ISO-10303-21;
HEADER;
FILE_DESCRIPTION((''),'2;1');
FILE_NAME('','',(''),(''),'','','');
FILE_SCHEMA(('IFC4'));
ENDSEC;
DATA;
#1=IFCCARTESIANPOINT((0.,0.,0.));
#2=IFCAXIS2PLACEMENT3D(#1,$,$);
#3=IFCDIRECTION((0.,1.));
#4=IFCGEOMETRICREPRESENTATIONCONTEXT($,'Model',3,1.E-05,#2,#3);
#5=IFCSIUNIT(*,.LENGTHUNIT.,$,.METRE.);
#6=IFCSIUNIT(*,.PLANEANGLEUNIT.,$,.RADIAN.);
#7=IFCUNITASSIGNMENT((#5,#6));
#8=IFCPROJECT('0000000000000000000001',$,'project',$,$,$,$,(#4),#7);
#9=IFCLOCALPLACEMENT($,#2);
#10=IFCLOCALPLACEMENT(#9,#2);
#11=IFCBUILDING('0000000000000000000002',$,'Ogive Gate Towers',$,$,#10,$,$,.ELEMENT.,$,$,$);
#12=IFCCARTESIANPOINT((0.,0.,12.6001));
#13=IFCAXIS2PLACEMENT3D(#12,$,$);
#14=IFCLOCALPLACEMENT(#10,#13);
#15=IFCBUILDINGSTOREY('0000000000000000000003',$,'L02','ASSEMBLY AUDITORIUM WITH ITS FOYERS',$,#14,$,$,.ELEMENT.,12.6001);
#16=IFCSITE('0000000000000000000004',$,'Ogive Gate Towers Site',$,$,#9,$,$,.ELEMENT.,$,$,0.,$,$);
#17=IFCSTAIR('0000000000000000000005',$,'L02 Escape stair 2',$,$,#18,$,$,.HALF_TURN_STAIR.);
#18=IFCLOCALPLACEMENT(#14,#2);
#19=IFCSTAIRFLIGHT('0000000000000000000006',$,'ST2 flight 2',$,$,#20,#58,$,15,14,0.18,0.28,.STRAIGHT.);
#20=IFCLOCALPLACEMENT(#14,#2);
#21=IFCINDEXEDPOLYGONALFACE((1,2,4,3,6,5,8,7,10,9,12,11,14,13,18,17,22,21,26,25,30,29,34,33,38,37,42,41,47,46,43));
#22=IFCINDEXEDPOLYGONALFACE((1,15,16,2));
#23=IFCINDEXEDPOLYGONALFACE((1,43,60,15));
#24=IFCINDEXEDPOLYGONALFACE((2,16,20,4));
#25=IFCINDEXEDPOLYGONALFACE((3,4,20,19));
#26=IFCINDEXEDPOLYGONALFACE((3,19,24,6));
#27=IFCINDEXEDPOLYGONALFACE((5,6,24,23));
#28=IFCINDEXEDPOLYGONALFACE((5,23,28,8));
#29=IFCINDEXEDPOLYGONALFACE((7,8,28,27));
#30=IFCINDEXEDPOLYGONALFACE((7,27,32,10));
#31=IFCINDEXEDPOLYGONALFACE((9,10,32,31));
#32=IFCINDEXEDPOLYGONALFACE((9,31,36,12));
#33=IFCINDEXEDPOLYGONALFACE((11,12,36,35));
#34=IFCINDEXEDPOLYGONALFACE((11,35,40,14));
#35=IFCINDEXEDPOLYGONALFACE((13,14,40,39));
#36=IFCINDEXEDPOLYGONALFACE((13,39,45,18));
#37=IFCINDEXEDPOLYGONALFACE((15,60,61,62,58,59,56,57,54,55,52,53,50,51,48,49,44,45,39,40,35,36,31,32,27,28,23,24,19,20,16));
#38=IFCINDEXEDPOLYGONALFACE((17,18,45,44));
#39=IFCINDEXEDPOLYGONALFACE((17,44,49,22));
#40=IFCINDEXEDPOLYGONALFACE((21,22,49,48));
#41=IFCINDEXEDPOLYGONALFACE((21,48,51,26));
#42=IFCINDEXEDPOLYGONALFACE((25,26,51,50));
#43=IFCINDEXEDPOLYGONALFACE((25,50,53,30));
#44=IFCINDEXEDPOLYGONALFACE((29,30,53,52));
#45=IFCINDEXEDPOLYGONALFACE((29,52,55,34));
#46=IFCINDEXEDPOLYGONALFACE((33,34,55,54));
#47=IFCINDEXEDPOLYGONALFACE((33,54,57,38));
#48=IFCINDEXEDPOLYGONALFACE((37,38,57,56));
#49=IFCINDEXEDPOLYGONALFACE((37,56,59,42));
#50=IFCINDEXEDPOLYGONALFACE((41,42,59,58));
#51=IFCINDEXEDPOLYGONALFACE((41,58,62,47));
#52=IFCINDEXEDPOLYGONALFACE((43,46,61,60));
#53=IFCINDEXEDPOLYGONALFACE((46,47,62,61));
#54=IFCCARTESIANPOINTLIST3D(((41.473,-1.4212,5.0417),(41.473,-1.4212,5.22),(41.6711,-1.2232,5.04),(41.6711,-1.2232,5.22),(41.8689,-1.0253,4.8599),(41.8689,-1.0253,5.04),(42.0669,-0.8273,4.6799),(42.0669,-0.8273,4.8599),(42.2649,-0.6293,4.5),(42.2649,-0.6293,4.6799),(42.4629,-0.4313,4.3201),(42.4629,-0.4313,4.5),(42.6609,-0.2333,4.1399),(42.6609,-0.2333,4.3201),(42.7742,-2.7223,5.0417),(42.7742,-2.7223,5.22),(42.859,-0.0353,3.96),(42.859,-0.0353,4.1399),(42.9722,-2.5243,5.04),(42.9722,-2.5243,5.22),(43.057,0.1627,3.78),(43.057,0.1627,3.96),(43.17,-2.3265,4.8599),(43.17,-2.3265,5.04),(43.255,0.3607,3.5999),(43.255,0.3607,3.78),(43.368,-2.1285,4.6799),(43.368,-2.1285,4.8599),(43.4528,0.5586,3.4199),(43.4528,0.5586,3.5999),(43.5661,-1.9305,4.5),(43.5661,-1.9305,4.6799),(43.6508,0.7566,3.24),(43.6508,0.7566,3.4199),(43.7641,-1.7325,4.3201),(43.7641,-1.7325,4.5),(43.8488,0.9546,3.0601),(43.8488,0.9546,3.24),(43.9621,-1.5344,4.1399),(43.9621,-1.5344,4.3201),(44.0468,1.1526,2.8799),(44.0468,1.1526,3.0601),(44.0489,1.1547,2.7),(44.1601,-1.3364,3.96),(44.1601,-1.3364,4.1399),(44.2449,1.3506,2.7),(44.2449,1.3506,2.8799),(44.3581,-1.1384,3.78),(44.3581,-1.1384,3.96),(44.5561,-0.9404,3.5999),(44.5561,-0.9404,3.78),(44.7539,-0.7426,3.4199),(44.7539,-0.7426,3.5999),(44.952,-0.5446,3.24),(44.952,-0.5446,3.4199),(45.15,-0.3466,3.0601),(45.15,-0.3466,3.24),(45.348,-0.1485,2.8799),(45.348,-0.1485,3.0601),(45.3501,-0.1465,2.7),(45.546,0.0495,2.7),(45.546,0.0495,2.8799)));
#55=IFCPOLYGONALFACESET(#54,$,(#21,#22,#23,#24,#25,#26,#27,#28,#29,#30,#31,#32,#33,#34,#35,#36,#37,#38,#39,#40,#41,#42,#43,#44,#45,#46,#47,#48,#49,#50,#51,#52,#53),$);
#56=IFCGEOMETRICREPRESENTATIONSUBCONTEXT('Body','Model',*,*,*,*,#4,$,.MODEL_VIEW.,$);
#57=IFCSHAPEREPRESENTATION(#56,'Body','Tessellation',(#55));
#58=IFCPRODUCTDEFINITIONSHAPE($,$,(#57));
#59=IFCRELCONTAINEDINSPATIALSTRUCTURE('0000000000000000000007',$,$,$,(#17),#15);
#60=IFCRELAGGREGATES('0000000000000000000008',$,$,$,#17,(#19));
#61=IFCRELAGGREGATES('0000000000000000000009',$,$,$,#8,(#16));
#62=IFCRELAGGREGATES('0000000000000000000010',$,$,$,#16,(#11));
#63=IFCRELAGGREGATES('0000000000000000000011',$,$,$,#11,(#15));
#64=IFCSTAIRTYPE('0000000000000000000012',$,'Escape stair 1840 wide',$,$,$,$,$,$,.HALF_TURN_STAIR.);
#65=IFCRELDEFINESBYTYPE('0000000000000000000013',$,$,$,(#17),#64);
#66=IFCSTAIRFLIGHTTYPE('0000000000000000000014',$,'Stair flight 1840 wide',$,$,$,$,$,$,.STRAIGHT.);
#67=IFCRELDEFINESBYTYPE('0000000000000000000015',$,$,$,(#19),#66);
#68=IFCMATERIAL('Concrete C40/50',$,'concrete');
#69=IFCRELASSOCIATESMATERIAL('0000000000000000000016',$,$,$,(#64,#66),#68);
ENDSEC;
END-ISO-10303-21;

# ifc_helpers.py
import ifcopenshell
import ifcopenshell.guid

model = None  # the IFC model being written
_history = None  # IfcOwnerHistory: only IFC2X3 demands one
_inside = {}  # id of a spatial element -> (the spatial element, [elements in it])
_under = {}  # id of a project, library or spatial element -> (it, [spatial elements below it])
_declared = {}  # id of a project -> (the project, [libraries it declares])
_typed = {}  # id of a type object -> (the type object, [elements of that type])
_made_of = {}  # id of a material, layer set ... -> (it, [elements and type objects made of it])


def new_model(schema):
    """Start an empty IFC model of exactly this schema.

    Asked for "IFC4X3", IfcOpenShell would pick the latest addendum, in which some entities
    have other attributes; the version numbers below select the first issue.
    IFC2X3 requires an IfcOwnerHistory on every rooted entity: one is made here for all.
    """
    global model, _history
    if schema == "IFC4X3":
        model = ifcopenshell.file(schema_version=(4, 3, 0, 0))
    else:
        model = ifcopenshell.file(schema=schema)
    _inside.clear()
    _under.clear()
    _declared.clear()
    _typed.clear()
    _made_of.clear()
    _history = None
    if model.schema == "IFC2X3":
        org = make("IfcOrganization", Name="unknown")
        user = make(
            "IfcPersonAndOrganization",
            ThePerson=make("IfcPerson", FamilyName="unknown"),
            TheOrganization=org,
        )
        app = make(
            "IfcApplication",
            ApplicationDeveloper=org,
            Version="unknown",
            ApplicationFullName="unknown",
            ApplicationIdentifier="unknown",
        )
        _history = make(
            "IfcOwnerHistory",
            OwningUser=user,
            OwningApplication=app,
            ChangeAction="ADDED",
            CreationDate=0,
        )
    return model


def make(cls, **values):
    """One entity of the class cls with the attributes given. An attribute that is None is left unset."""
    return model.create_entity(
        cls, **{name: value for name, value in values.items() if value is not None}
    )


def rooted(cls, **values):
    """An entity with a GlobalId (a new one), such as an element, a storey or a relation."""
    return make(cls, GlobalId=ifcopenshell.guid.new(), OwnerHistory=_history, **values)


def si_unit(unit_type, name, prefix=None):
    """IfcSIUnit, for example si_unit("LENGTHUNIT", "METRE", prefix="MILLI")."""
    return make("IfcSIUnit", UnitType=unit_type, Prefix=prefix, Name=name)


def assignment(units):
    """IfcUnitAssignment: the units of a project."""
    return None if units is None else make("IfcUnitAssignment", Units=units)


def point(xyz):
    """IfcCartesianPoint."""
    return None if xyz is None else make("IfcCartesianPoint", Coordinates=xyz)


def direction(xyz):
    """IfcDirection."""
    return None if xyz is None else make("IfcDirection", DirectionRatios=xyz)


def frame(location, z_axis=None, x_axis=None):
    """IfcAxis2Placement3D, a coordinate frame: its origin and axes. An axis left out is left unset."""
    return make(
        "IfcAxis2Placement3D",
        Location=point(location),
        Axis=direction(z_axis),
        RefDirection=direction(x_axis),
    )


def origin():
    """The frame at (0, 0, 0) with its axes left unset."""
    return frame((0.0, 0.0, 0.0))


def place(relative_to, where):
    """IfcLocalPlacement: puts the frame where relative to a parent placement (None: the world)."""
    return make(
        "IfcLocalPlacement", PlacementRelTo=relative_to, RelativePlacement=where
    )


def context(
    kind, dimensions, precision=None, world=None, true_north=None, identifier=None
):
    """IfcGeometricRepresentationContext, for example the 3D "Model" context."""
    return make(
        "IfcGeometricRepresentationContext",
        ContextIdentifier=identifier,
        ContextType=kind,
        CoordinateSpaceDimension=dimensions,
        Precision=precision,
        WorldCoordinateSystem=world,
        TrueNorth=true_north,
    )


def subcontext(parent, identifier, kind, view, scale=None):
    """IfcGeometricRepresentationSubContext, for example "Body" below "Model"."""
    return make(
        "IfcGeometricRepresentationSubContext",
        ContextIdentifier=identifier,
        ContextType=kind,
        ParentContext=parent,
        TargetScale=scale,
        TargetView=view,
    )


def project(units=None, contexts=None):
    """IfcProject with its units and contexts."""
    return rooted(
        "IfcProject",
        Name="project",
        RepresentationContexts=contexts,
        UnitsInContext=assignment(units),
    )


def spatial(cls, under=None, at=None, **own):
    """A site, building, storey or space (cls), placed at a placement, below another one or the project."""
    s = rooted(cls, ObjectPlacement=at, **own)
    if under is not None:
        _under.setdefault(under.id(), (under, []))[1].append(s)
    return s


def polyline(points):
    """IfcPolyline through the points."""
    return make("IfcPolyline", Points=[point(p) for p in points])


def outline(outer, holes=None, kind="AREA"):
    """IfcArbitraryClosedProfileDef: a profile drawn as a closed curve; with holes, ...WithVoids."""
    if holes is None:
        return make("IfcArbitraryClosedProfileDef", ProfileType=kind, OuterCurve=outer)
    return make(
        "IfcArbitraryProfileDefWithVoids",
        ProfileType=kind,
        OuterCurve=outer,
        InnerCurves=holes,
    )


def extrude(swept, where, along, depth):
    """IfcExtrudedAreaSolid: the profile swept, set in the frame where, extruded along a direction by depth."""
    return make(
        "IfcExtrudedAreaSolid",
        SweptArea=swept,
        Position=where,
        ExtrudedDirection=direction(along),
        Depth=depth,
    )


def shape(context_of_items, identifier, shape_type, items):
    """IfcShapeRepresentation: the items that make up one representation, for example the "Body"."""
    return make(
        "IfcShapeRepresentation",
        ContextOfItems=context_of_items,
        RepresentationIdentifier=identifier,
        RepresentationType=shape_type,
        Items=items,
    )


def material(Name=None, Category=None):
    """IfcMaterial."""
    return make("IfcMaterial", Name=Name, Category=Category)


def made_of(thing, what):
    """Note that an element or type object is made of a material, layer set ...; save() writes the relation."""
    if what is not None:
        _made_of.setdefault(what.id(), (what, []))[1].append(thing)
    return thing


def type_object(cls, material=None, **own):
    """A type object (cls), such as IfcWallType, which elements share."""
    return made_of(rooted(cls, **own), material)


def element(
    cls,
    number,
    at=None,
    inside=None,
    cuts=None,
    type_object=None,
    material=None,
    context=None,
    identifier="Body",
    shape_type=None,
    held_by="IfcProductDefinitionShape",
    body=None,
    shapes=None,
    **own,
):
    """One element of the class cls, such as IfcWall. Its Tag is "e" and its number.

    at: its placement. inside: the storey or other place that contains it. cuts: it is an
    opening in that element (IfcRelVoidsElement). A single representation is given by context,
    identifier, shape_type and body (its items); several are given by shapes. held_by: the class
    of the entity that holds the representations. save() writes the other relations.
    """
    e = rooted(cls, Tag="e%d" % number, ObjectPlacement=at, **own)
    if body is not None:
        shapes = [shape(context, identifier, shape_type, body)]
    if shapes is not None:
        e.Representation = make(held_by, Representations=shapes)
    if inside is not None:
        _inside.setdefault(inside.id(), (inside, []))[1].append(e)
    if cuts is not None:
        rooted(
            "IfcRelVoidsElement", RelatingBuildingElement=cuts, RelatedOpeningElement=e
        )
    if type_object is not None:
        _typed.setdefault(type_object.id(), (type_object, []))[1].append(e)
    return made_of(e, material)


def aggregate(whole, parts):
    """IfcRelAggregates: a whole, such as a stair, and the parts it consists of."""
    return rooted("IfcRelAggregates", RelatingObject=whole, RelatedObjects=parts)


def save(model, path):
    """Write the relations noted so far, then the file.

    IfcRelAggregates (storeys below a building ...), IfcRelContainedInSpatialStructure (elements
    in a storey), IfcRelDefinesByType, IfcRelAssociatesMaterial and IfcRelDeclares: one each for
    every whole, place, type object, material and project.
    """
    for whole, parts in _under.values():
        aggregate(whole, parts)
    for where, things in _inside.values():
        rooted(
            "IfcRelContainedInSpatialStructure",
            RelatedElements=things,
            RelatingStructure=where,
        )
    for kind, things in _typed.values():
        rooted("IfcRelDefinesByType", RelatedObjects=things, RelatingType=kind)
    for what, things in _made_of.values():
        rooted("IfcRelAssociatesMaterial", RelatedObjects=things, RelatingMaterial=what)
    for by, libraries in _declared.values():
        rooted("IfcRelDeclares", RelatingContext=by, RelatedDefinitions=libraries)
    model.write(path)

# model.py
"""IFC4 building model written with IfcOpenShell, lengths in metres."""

from ifc_helpers import new_model, si_unit, direction, frame, origin, place, context, subcontext, project, spatial, polyline, outline, extrude, material, type_object, element, aggregate, save


model = new_model("IFC4")

# Units and contexts
model_context = context("Model", 3, precision=1e-05, world=origin(), true_north=direction((0.0, 1.0)))
body_context = subcontext(model_context, "Body", "Model", "MODEL_VIEW")
ifc_project = project(units=[si_unit("LENGTHUNIT", "METRE"), si_unit("PLANEANGLEUNIT", "RADIAN")], contexts=[model_context])

# Site, building, storey
site_placement = place(None, origin())
site = spatial("IfcSite", under=ifc_project, at=site_placement, Name="Ogive Gate Towers Site", CompositionType="ELEMENT", RefElevation=0.0)
building_placement = place(site_placement, origin())
building = spatial("IfcBuilding", under=site, at=building_placement, Name="Ogive Gate Towers", CompositionType="ELEMENT")
storey_placement = place(building_placement, frame((0.0, 0.0, 12.6001)))
storey = spatial("IfcBuildingStorey", under=building, at=storey_placement, Name="L02", Description="ASSEMBLY AUDITORIUM WITH ITS FOYERS", CompositionType="ELEMENT", Elevation=12.6001)

# Shared definitions
ifc_material_1 = material(Name="Concrete C40/50", Category="concrete")

# Stair, stair flight
stair_type = type_object("IfcStairType", Name="Escape stair 1840 wide", PredefinedType="HALF_TURN_STAIR", material=ifc_material_1)
stair_placement = place(storey_placement, origin())
stair = element("IfcStair", 1, at=stair_placement, inside=storey, type_object=stair_type, Name="L02 Escape stair 2", PredefinedType="HALF_TURN_STAIR")
stair_flight_type = type_object("IfcStairFlightType", Name="Stair flight 1840 wide", PredefinedType="STRAIGHT", material=ifc_material_1)
stair_flight_1_placement = place(storey_placement, frame((44.8955, 0.7, 2.7), z_axis=(0.0, 0.0, 1.0), x_axis=(-0.707107, -0.707107, 0.0)))
stair_flight_1 = element("IfcStairFlight", 2, at=stair_flight_1_placement, type_object=stair_flight_type, Name="ST2 flight 2", NumberOfRisers=15, NumberOfTreads=14, PredefinedType="STRAIGHT", RiserHeight=0.18, TreadLength=0.28, context=body_context, shape_type="SweptSolid", body=[
    extrude(outline(polyline([(0.0, 0.0), (0.0, 0.1799), (0.28, 0.1799), (0.28, 0.3601), (0.5601, 0.3601), (0.5601, 0.54), (0.8401, 0.54), (0.8401, 0.72), (1.1201, 0.72), (1.1201, 0.8999), (1.3999, 0.8999), (1.3999, 1.0801), (1.6799, 1.0801), (1.6799, 1.26), (1.96, 1.26), (1.96, 1.4399), (2.24, 1.4399), (2.24, 1.6201), (2.52, 1.6201), (2.52, 1.8), (2.8, 1.8), (2.8, 1.98), (3.0801, 1.98), (3.0801, 2.1599), (3.3601, 2.1599), (3.3601, 2.3401), (3.6399, 2.3401), (3.6399, 2.52), (3.9199, 2.52), (3.9199, 2.7), (3.9199, 2.3418), (0.2771, 0.0), (0.0, 0.0)])), frame((0.0, 0.9199, 0.0), z_axis=(0.0, -1.0, 0.0), x_axis=(1.0, 0.0, 0.0)), (0.0, 0.0, 1.0), 1.8401),
])
aggregate(stair, [stair_flight_1])

save(model, "model.ifc")
